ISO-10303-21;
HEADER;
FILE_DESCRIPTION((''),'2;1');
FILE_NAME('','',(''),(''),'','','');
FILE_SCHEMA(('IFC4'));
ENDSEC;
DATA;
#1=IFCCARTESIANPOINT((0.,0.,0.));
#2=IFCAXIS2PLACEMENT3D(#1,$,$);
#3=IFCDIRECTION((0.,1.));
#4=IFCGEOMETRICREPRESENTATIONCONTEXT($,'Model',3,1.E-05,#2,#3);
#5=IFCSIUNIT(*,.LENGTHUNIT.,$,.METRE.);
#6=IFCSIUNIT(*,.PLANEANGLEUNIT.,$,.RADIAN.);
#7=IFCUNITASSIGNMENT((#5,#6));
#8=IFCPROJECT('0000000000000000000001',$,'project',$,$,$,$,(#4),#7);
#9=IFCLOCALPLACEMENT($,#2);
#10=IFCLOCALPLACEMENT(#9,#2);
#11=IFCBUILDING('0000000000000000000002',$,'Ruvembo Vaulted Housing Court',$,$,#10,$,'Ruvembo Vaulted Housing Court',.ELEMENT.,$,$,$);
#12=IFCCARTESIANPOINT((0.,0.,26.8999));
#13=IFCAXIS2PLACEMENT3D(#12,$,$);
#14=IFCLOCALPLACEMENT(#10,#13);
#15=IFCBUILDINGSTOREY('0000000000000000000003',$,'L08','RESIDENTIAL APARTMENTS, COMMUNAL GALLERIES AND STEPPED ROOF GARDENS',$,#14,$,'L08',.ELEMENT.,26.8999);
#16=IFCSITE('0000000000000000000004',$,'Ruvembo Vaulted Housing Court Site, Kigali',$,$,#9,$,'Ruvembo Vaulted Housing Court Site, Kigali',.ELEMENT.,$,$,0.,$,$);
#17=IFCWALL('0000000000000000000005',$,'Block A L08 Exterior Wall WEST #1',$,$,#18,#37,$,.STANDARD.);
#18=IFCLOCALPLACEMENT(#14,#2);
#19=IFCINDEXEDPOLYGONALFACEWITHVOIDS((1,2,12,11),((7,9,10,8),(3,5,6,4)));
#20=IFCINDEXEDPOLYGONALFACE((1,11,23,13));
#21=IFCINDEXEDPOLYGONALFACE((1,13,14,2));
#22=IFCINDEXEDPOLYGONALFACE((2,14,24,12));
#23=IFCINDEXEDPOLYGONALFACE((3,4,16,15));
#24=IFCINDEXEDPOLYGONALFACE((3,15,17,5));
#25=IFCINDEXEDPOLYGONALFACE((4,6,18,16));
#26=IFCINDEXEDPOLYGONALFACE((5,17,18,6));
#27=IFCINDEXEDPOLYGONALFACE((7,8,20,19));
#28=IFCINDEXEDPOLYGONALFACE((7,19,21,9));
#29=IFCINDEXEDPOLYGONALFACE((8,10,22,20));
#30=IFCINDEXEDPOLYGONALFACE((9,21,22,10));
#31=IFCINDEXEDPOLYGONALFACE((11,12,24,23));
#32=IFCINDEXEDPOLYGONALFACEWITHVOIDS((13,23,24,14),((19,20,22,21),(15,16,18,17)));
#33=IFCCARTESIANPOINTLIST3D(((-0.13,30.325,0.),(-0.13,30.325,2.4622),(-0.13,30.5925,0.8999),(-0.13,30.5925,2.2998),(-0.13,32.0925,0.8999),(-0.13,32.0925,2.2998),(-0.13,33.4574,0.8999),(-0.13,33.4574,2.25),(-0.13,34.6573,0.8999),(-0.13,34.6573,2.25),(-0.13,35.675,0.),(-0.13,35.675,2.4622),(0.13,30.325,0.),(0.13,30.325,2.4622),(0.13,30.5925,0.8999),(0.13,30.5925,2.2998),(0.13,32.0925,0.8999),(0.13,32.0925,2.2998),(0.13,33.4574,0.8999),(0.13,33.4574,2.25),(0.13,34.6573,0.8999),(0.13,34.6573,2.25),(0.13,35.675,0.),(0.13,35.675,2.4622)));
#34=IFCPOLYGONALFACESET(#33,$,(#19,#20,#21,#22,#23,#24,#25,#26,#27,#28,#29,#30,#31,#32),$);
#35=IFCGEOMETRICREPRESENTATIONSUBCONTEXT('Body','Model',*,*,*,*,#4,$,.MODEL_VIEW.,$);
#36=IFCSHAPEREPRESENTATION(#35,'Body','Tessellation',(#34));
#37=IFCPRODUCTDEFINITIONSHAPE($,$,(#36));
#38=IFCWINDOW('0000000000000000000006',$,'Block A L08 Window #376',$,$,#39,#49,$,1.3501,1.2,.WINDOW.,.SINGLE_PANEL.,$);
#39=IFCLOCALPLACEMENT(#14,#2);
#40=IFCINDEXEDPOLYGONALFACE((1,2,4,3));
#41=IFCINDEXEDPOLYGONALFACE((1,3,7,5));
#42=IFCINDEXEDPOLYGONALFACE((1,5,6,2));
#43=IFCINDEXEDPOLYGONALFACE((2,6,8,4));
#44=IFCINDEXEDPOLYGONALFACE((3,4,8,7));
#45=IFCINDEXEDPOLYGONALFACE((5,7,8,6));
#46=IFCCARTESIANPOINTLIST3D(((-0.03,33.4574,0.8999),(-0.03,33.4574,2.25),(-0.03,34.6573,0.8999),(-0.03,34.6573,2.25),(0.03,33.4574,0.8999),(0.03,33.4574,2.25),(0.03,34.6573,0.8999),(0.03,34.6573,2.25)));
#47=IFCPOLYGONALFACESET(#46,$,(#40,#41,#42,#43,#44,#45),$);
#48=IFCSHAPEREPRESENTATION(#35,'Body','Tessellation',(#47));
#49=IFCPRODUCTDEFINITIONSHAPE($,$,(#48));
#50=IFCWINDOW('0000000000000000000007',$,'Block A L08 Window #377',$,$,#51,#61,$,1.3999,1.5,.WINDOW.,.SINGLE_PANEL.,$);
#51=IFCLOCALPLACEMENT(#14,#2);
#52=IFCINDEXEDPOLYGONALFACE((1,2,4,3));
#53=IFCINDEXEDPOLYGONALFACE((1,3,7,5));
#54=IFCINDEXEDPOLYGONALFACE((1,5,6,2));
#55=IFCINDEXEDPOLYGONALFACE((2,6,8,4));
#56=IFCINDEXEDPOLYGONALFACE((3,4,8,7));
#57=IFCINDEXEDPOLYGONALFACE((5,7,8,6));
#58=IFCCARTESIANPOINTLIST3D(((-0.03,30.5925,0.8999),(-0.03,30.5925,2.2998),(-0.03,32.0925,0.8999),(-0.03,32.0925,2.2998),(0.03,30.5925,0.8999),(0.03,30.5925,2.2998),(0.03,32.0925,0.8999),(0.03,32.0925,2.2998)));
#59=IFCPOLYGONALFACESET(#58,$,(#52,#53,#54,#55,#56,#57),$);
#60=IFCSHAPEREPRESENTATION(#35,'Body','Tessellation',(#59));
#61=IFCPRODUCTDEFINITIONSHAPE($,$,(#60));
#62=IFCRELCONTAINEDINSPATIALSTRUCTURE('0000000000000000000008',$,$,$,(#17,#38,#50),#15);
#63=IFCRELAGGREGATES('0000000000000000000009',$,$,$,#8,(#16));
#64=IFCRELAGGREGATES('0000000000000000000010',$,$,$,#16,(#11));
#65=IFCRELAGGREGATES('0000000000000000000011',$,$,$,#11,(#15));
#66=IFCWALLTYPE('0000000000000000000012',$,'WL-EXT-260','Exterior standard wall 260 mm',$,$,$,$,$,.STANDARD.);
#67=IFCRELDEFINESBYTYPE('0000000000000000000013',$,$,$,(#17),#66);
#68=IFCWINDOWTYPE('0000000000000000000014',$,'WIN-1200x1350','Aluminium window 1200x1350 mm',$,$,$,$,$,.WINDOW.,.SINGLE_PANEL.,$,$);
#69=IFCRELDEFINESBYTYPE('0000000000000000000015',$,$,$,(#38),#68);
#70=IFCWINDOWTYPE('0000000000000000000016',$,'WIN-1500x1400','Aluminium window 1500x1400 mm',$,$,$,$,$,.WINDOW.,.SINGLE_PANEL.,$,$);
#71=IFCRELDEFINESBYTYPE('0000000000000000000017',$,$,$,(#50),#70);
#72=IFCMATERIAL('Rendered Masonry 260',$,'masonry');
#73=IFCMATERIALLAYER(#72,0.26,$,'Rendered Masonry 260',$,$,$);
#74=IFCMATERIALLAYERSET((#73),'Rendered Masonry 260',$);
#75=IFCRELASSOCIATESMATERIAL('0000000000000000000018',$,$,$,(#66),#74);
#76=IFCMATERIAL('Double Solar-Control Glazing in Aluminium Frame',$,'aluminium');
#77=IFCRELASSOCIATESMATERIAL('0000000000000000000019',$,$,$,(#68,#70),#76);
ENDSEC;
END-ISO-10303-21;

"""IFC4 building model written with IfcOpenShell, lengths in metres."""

from ifc_helpers import new_model, si_unit, direction, frame, frame_2d, origin, place, context, subcontext, project, spatial, rectangle, extrude, material, layer, layer_set, type_object, element, fill, save


model = new_model("IFC4")

# Units and contexts
model_context = context("Model", 3, precision=1e-05, world=origin(), true_north=direction((0.0, 1.0)))
body_context = subcontext(model_context, "Body", "Model", "MODEL_VIEW")
ifc_project = project(units=[si_unit("LENGTHUNIT", "METRE"), si_unit("PLANEANGLEUNIT", "RADIAN")], contexts=[model_context])

# Site, building, storey
site_placement = place(None, origin())
site = spatial("IfcSite", under=ifc_project, at=site_placement, Name="Ruvembo Vaulted Housing Court Site, Kigali", LongName="Ruvembo Vaulted Housing Court Site, Kigali", CompositionType="ELEMENT", RefElevation=0.0)
building_placement = place(site_placement, origin())
building = spatial("IfcBuilding", under=site, at=building_placement, Name="Ruvembo Vaulted Housing Court", LongName="Ruvembo Vaulted Housing Court", CompositionType="ELEMENT")
storey_placement = place(building_placement, frame((0.0, 0.0, 26.8999)))
storey = spatial("IfcBuildingStorey", under=building, at=storey_placement, Name="L08", Description="RESIDENTIAL APARTMENTS, COMMUNAL GALLERIES AND STEPPED ROOF GARDENS", LongName="L08", CompositionType="ELEMENT", Elevation=26.8999)

# Wall, openings, windows
ifc_material_1 = material(Name="Rendered Masonry 260", Category="masonry")
ifc_layer = layer(ifc_material_1, 0.26, Name="Rendered Masonry 260")
ifc_layer_set = layer_set([ifc_layer], Name="Rendered Masonry 260")
wall_type = type_object("IfcWallType", Name="WL-EXT-260", Description="Exterior standard wall 260 mm", PredefinedType="STANDARD", material=ifc_layer_set)
ifc_material_2 = material(Name="Double Solar-Control Glazing in Aluminium Frame", Category="aluminium")
wall_1_placement = place(storey_placement, frame((0.0, 35.675, 0.0), z_axis=(0.0, 0.0, 1.0), x_axis=(0.0, -1.0, 0.0)))
wall_1 = element("IfcWall", 1, at=wall_1_placement, inside=storey, type_object=wall_type, Name="Block A L08 Exterior Wall WEST #1", PredefinedType="STANDARD", context=body_context, shape_type="SweptSolid", body=[
    extrude(rectangle(XDim=5.3501, YDim=0.26, at=frame_2d((2.675, 0.0))), origin(), (0.0, 0.0, 1.0), 2.4622),
])
opening_1_placement = place(wall_1_placement, frame((1.0176, 0.0, 0.8999)))
opening_1 = element("IfcOpeningElement", 2, at=opening_1_placement, cuts=wall_1, PredefinedType="OPENING", context=body_context, shape_type="SweptSolid", body=[
    extrude(rectangle(XDim=1.2, YDim=1.3501, at=frame_2d((0.6001, 0.675))), frame((0.0, 0.1399, 0.0), z_axis=(0.0, -1.0, 0.0), x_axis=(1.0, 0.0, 0.0)), (0.0, 0.0, 1.0), 0.28),
])
opening_2_placement = place(wall_1_placement, frame((3.5825, 0.0, 0.8999)))
opening_2 = element("IfcOpeningElement", 3, at=opening_2_placement, cuts=wall_1, PredefinedType="OPENING", context=body_context, shape_type="SweptSolid", body=[
    extrude(rectangle(XDim=1.5, YDim=1.3999, at=frame_2d((0.75, 0.7))), frame((0.0, 0.1399, 0.0), z_axis=(0.0, -1.0, 0.0), x_axis=(1.0, 0.0, 0.0)), (0.0, 0.0, 1.0), 0.28),
])
window_type_1 = type_object("IfcWindowType", Name="WIN-1200x1350", Description="Aluminium window 1200x1350 mm", PartitioningType="SINGLE_PANEL", PredefinedType="WINDOW", material=ifc_material_2)
window_1_placement = place(opening_1_placement, origin())
window_1 = element("IfcWindow", 4, at=window_1_placement, inside=storey, type_object=window_type_1, Name="Block A L08 Window #376", OverallHeight=1.3501, OverallWidth=1.2, PartitioningType="SINGLE_PANEL", PredefinedType="WINDOW", context=body_context, shape_type="SweptSolid", body=[
    extrude(rectangle(XDim=1.2, YDim=1.3501, at=frame_2d((0.6001, 0.675))), frame((0.0, 0.03, 0.0), z_axis=(0.0, -1.0, 0.0), x_axis=(1.0, 0.0, 0.0)), (0.0, 0.0, 1.0), 0.0601),
])
fill(opening_1, window_1)
window_type_2 = type_object("IfcWindowType", Name="WIN-1500x1400", Description="Aluminium window 1500x1400 mm", PartitioningType="SINGLE_PANEL", PredefinedType="WINDOW", material=ifc_material_2)
window_2_placement = place(opening_2_placement, origin())
window_2 = element("IfcWindow", 5, at=window_2_placement, inside=storey, type_object=window_type_2, Name="Block A L08 Window #377", OverallHeight=1.3999, OverallWidth=1.5, PartitioningType="SINGLE_PANEL", PredefinedType="WINDOW", context=body_context, shape_type="SweptSolid", body=[
    extrude(rectangle(XDim=1.5, YDim=1.3999, at=frame_2d((0.75, 0.7))), frame((0.0, 0.03, 0.0), z_axis=(0.0, -1.0, 0.0), x_axis=(1.0, 0.0, 0.0)), (0.0, 0.0, 1.0), 0.0601),
])
fill(opening_2, window_2)

save(model, "model.ifc")
